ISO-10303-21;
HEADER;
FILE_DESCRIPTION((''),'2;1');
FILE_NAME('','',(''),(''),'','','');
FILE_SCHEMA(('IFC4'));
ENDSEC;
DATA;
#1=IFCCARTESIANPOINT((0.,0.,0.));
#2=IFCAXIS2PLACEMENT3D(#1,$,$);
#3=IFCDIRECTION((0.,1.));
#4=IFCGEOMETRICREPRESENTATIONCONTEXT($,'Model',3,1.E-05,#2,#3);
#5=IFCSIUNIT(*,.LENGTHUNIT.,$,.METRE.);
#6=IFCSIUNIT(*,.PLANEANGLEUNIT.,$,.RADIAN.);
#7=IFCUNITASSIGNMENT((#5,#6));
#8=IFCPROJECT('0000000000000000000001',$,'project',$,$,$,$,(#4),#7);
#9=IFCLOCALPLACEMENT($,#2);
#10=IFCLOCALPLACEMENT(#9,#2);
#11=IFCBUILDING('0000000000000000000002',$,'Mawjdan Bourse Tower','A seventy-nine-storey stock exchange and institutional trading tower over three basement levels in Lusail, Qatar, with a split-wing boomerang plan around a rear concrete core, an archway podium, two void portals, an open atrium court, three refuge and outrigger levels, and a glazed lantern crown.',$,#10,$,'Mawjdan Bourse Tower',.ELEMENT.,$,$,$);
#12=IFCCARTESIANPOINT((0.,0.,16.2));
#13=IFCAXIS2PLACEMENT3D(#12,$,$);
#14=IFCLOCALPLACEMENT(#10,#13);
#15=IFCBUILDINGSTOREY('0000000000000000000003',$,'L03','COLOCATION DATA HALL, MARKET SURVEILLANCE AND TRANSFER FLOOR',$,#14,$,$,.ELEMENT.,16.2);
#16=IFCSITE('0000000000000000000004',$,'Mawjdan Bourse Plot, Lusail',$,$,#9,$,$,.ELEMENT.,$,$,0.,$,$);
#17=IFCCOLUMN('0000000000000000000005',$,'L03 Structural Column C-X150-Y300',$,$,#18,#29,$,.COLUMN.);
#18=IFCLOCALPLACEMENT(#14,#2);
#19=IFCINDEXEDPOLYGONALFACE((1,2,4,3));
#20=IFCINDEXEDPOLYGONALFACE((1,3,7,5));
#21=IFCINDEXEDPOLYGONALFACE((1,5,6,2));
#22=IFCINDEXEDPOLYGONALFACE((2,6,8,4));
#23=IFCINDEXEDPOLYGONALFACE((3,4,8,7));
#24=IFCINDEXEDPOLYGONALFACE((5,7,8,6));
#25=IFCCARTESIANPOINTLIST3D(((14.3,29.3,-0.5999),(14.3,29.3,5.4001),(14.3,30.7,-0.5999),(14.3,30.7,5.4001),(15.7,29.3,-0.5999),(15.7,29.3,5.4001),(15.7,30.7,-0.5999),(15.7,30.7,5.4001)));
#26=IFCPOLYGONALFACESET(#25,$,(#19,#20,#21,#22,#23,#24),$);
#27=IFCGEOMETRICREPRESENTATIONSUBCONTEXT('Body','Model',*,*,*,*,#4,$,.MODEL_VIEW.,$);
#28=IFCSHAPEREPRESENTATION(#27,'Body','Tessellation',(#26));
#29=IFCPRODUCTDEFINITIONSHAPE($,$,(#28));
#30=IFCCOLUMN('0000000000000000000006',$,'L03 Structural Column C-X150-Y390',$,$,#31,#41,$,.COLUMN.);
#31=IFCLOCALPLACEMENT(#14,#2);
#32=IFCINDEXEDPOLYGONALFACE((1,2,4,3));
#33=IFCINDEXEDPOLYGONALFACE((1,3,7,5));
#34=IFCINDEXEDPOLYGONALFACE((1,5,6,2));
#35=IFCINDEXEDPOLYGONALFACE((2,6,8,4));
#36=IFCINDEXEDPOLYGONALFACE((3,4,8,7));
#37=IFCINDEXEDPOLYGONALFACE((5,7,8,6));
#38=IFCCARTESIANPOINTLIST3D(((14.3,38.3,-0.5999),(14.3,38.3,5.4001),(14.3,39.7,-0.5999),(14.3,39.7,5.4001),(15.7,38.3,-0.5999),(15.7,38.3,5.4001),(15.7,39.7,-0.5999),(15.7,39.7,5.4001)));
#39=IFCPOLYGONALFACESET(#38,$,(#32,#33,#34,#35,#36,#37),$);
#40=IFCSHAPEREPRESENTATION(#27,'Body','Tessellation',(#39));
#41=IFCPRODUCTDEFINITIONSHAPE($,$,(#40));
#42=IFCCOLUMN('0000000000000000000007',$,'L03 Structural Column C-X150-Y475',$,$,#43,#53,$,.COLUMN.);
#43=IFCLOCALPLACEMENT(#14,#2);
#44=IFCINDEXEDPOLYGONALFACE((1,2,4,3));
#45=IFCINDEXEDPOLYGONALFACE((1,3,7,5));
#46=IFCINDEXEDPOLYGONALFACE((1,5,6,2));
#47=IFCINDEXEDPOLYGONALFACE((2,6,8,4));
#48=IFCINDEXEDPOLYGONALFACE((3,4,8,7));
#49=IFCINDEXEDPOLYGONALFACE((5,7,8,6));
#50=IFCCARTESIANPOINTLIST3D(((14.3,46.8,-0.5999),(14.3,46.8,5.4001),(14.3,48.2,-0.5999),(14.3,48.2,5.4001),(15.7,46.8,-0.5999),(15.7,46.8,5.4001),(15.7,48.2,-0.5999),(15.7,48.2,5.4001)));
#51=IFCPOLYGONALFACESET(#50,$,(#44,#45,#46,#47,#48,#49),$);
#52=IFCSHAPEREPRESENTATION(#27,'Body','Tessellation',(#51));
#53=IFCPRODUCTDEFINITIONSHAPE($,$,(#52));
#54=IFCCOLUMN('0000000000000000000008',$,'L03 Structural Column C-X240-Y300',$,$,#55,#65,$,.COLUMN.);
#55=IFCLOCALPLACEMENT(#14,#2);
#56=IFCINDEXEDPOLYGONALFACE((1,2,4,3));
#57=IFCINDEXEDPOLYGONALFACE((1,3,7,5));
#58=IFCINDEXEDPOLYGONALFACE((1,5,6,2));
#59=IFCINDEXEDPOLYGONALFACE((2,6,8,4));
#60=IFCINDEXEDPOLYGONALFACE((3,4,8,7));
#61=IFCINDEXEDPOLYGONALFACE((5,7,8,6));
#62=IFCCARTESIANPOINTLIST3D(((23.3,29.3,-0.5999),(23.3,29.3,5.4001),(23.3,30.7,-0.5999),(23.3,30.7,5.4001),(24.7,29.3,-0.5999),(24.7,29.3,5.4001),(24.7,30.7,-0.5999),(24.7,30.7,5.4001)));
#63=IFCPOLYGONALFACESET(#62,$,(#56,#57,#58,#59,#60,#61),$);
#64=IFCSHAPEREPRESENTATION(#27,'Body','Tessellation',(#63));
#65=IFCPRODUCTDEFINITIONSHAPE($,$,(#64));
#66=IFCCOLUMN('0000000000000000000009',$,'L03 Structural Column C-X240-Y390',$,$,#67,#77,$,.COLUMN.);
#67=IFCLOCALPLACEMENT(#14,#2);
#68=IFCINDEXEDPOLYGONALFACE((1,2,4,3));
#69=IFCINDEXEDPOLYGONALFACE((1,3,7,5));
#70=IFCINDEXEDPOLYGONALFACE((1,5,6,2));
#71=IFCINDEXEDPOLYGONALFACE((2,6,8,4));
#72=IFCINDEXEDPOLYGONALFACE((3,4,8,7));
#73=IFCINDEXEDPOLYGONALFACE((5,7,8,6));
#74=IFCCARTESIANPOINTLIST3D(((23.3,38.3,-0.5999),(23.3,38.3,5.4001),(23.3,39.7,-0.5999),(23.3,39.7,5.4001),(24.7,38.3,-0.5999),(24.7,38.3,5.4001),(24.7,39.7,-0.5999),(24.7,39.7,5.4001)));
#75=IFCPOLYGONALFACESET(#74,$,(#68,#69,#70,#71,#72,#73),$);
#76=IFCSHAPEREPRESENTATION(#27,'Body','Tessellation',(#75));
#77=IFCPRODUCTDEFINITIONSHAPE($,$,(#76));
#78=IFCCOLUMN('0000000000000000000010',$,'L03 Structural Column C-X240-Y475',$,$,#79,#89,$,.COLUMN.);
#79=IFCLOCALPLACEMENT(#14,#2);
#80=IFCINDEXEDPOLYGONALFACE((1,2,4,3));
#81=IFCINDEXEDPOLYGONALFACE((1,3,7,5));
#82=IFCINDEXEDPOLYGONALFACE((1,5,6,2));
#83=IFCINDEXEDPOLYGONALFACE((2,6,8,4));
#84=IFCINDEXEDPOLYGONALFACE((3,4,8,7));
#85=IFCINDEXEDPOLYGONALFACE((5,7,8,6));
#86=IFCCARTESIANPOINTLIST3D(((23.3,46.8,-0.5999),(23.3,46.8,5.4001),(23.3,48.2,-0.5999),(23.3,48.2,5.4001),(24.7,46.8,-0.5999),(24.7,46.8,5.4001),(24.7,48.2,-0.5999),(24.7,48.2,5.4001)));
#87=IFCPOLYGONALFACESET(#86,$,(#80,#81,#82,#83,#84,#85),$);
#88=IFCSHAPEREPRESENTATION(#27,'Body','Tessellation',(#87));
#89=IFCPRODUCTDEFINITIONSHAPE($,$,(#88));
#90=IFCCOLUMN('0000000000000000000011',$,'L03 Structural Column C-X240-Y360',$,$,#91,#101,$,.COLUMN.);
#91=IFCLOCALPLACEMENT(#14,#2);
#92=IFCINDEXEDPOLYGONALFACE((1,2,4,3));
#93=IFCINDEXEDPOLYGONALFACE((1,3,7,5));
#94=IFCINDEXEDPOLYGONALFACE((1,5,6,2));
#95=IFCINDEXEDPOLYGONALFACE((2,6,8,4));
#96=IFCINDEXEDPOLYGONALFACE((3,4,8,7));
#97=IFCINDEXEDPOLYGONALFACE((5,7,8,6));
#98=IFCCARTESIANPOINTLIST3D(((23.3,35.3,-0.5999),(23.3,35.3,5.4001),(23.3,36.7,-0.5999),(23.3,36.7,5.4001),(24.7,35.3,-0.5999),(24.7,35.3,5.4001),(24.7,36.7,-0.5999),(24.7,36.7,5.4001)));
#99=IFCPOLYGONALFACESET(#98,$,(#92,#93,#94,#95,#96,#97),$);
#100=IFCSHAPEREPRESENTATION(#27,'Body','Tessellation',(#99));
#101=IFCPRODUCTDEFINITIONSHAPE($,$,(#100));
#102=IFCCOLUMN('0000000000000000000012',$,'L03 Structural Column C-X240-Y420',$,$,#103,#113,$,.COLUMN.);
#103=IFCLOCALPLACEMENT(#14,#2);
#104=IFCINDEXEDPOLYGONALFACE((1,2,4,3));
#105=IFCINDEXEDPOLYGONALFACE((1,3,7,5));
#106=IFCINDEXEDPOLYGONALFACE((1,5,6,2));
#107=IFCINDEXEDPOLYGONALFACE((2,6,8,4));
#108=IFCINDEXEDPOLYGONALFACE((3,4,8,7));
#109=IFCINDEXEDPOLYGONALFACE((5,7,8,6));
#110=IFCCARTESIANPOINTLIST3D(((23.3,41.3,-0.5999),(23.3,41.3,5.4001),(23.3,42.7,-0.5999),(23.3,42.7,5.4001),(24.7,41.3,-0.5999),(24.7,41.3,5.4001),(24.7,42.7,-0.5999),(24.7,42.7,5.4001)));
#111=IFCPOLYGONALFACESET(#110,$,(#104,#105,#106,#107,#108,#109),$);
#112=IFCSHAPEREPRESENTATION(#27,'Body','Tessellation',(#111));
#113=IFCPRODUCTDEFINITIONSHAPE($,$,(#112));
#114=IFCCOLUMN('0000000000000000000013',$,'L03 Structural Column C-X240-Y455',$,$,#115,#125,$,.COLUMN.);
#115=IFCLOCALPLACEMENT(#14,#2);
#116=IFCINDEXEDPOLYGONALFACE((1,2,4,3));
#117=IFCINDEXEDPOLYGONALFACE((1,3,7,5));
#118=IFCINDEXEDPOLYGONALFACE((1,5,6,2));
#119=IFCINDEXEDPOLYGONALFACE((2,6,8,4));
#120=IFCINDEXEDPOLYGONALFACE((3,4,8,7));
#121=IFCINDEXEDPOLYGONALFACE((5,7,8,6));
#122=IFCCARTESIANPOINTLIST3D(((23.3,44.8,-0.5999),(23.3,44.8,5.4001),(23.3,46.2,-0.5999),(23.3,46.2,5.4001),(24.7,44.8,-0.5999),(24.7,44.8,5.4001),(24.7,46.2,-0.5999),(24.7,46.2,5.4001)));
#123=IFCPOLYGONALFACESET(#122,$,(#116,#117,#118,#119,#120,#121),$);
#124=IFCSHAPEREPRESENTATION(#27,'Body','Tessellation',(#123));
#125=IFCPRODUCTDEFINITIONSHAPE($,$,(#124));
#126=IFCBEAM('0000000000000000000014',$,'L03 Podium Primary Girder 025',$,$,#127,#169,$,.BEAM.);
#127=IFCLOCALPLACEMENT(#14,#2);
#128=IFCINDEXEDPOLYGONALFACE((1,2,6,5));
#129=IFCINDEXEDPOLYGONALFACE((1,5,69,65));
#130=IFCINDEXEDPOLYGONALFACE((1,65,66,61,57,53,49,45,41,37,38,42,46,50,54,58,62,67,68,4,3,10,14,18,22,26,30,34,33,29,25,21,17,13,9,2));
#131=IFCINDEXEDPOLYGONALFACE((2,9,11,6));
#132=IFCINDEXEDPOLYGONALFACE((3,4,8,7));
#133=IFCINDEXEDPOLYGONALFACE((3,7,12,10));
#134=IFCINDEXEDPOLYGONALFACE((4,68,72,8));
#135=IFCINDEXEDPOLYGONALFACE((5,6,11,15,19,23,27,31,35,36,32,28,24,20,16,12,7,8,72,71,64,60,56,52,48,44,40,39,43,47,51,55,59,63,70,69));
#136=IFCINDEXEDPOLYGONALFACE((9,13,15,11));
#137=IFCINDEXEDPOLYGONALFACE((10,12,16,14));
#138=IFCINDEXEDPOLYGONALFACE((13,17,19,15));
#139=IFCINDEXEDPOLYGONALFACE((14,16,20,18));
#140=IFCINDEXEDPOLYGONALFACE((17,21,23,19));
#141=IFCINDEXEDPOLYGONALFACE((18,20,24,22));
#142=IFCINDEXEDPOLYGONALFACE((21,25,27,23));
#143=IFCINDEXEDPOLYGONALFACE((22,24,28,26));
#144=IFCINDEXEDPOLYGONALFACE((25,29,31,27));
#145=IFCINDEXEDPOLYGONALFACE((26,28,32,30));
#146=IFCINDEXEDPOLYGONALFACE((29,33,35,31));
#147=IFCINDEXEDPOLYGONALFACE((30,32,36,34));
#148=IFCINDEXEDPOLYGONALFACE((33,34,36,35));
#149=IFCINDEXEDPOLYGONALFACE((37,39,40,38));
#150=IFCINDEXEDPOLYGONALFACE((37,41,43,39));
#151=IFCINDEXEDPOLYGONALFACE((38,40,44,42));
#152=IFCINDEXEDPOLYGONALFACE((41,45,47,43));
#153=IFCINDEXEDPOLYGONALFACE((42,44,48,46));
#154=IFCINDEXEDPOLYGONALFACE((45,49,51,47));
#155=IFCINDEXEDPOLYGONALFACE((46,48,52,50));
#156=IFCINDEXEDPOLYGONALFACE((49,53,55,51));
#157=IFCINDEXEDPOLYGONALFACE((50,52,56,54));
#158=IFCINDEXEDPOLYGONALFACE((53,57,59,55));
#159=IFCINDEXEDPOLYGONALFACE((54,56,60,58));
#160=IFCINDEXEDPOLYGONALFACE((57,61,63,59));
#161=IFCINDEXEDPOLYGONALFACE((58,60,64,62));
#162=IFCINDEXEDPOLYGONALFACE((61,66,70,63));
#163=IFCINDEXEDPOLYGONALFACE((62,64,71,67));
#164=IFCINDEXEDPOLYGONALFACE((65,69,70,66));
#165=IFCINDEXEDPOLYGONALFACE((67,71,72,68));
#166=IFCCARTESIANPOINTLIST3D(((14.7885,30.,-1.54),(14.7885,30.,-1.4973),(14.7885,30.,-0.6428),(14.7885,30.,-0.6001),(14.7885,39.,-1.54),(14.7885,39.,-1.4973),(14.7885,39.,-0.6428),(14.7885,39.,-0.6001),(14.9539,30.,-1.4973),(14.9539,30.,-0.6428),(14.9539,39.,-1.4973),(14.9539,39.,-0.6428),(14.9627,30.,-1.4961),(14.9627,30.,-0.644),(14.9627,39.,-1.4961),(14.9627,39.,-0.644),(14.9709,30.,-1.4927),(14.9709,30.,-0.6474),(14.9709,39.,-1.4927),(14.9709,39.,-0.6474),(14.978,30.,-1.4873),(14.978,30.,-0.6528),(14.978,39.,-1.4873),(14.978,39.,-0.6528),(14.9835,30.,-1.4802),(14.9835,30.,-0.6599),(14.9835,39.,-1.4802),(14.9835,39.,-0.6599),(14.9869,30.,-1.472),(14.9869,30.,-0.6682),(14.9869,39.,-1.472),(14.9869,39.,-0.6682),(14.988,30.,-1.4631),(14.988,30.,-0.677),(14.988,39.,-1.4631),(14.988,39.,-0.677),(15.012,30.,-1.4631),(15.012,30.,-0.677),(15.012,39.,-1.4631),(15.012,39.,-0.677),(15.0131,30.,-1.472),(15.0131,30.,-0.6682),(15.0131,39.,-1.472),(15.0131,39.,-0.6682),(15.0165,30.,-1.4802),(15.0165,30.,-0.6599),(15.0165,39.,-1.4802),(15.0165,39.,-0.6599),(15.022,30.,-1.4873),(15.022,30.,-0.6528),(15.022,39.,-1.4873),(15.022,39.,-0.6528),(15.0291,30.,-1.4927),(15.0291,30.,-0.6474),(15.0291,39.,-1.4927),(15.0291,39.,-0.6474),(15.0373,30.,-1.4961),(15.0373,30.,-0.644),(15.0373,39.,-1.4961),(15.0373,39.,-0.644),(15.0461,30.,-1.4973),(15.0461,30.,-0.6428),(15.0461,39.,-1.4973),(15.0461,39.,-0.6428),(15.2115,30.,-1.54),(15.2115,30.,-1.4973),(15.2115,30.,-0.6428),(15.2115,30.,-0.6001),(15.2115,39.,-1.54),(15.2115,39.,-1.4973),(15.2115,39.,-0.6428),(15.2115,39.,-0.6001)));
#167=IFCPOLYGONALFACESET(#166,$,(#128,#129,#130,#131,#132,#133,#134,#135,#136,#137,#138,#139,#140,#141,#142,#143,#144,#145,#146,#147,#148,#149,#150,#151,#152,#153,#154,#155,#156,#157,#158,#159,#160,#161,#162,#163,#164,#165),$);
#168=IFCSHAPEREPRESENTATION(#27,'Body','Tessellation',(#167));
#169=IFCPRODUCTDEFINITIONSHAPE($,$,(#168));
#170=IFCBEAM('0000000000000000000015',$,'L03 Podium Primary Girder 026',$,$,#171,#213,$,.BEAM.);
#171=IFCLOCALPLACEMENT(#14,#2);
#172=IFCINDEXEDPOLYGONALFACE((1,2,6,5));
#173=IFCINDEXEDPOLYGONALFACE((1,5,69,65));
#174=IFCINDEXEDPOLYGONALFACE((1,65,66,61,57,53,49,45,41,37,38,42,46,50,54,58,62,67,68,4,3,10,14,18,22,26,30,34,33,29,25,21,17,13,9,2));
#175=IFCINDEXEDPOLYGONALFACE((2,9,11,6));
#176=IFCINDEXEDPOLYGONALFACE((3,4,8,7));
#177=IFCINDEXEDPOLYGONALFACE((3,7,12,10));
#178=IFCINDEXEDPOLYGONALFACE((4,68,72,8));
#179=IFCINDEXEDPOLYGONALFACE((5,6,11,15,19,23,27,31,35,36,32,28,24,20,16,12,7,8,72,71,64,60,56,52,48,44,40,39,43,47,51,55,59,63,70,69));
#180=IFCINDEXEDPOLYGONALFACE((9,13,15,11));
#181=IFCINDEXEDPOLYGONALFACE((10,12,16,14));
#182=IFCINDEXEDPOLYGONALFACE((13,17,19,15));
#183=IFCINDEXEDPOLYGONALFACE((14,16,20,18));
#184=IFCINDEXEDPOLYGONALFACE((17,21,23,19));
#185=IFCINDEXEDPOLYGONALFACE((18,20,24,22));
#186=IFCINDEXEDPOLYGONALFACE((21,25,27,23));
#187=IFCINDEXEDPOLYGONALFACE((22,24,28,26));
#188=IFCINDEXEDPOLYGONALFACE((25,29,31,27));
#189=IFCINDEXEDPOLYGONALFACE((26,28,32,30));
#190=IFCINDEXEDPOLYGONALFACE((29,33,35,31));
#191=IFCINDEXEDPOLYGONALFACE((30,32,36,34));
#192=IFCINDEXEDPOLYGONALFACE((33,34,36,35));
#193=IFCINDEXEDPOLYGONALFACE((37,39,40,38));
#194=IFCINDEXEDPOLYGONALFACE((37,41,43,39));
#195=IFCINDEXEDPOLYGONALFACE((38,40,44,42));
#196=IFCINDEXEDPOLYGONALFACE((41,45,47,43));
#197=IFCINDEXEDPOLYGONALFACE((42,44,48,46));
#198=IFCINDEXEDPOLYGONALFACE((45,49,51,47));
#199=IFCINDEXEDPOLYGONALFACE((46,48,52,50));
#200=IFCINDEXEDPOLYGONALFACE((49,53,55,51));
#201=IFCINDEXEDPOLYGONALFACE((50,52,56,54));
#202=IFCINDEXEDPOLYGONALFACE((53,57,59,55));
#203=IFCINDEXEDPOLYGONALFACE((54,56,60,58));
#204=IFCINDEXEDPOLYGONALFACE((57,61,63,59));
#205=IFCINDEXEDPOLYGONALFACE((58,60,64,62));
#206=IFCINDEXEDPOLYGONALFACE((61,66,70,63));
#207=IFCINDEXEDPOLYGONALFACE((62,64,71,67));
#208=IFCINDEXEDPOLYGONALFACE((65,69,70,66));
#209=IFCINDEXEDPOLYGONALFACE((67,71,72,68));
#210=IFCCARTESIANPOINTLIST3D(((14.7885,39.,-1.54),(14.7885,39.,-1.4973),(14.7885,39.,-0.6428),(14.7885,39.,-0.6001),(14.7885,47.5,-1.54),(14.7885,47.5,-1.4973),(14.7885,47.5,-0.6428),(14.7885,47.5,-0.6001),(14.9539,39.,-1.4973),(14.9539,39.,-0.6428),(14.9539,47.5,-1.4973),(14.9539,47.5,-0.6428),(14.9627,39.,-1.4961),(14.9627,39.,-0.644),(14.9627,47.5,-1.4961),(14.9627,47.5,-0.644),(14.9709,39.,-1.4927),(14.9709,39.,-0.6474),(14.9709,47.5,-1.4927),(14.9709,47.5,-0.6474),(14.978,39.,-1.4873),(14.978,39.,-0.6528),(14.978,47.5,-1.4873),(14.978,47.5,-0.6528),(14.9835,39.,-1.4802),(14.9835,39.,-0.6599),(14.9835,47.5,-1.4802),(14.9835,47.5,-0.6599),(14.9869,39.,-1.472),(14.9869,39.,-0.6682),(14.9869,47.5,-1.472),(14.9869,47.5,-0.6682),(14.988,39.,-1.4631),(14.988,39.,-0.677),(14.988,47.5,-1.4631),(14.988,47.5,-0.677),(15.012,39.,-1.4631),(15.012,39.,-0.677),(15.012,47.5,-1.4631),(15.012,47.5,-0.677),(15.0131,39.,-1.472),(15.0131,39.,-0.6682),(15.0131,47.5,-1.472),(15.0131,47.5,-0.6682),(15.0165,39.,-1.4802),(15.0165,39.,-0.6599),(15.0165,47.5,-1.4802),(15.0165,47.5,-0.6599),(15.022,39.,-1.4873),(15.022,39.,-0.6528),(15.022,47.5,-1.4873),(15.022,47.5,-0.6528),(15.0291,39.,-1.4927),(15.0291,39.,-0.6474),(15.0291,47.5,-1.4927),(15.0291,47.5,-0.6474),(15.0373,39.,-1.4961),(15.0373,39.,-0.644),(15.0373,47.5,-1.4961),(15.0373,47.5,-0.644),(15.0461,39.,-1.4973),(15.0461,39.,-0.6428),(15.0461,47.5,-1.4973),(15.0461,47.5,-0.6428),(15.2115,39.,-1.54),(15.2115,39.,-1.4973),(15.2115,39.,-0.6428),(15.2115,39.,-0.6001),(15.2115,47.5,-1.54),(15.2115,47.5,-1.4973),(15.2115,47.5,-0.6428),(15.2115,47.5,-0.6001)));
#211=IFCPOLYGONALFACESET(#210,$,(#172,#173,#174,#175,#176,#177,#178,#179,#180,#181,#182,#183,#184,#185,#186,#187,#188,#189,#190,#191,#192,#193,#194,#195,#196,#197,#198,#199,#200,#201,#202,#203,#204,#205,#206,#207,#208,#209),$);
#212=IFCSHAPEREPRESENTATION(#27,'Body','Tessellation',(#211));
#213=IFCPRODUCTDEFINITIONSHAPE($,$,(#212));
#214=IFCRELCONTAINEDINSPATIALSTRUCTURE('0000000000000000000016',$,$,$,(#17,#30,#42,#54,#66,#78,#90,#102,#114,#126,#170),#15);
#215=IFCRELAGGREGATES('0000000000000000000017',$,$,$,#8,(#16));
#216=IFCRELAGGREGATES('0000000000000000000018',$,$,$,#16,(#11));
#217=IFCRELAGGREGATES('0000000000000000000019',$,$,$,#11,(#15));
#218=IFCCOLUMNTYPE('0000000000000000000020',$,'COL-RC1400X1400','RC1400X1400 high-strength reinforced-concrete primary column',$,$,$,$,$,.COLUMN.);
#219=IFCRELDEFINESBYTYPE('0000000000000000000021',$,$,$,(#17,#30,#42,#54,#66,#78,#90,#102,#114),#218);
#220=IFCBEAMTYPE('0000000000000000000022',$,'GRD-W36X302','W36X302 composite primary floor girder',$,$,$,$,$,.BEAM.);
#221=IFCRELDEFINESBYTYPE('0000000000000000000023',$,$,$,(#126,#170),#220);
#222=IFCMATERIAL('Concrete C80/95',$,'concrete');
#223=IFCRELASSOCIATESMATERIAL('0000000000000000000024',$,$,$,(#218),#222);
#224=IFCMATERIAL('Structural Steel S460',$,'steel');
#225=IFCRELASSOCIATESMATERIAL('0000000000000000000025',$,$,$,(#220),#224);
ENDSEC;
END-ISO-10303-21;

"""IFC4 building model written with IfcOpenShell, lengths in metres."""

from ifc_helpers import new_model, si_unit, direction, frame, origin, origin_2d, place, context, subcontext, project, spatial, rectangle, i_section, extrude, material, material_profile, profile_set, type_object, element, save


model = new_model("IFC4")

# Units and contexts
model_context = context("Model", 3, precision=1e-05, world=origin(), true_north=direction((0.0, 1.0)))
body_context = subcontext(model_context, "Body", "Model", "MODEL_VIEW")
ifc_project = project(units=[si_unit("LENGTHUNIT", "METRE"), si_unit("PLANEANGLEUNIT", "RADIAN")], contexts=[model_context])

# Site, building, storey
site_placement = place(None, origin())
site = spatial("IfcSite", under=ifc_project, at=site_placement, Name="Mawjdan Bourse Plot, Lusail", CompositionType="ELEMENT", RefElevation=0.0)
building_placement = place(site_placement, origin())
building = spatial("IfcBuilding", under=site, at=building_placement, Name="Mawjdan Bourse Tower", Description="A seventy-nine-storey stock exchange and institutional trading tower over three basement levels in Lusail, Qatar, with a split-wing boomerang plan around a rear concrete core, an archway podium, two void portals, an open atrium court, three refuge and outrigger levels, and a glazed lantern crown.", LongName="Mawjdan Bourse Tower", CompositionType="ELEMENT")
storey_placement = place(building_placement, frame((0.0, 0.0, 16.2)))
storey = spatial("IfcBuildingStorey", under=building, at=storey_placement, Name="L03", Description="COLOCATION DATA HALL, MARKET SURVEILLANCE AND TRANSFER FLOOR", CompositionType="ELEMENT", Elevation=16.2)

# Columns
ifc_material_1 = material(Name="Concrete C80/95", Category="concrete")
ifc_material_profile_1 = material_profile(ifc_material_1, rectangle(XDim=1.3999, YDim=1.3999, at=origin_2d()), Name="RC1400X1400")
ifc_profile_set_1 = profile_set([ifc_material_profile_1], Name="Concrete C80/95")
column_type = type_object("IfcColumnType", Name="COL-RC1400X1400", Description="RC1400X1400 high-strength reinforced-concrete primary column", PredefinedType="COLUMN", material=ifc_profile_set_1)
for number, where, z_axis, x_axis, name in (
    (1, (15.0, 30.0, -0.5999), (0.0, 0.0, 1.0), (1.0, 0.0, 0.0), "L03 Structural Column C-X150-Y300"),
    (2, (15.0, 39.0, -0.5999), (0.0, 0.0, 1.0), (1.0, 0.0, 0.0), "L03 Structural Column C-X150-Y390"),
    (3, (15.0, 47.5, -0.5999), (0.0, 0.0, 1.0), (1.0, 0.0, 0.0), "L03 Structural Column C-X150-Y475"),
    (4, (24.0, 30.0, -0.5999), (0.0, 0.0, 1.0), (1.0, 0.0, 0.0), "L03 Structural Column C-X240-Y300"),
    (5, (24.0, 39.0, -0.5999), (0.0, 0.0, 1.0), (1.0, 0.0, 0.0), "L03 Structural Column C-X240-Y390"),
    (6, (24.0, 47.5, -0.5999), (0.0, 0.0, 1.0), (1.0, 0.0, 0.0), "L03 Structural Column C-X240-Y475"),
    (7, (24.0, 36.0, -0.5999), (0.0, 0.0, 1.0), (1.0, 0.0, 0.0), "L03 Structural Column C-X240-Y360"),
    (8, (24.0, 42.0, -0.5999), (0.0, 0.0, 1.0), (1.0, 0.0, 0.0), "L03 Structural Column C-X240-Y420"),
    (9, (24.0, 45.5, -0.5999), (0.0, 0.0, 1.0), (1.0, 0.0, 0.0), "L03 Structural Column C-X240-Y455"),
):
    element("IfcColumn", number, at=place(storey_placement, frame(where, z_axis=z_axis, x_axis=x_axis)), inside=storey, type_object=column_type, Name=name, PredefinedType="COLUMN", context=body_context, shape_type="SweptSolid", body=[
        extrude(rectangle(XDim=1.3999, YDim=1.3999, at=origin_2d()), origin(), (0.0, 0.0, 1.0), 6.0),
    ])

# Beams
ifc_material_2 = material(Name="Structural Steel S460", Category="steel")
ifc_material_profile_2 = material_profile(ifc_material_2, i_section(OverallWidth=0.4231, OverallDepth=0.9399, WebThickness=0.0239, FlangeThickness=0.0427, FilletRadius=0.0342, at=origin_2d()), Name="W36X302")
ifc_profile_set_2 = profile_set([ifc_material_profile_2], Name="Structural Steel S460")
beam_type_1 = type_object("IfcBeamType", Name="GRD-W36X302", Description="W36X302 composite primary floor girder", PredefinedType="BEAM", material=ifc_profile_set_2)
beam_1_placement = place(storey_placement, frame((15.0, 30.0, -1.0701), z_axis=(0.0, 1.0, 0.0), x_axis=(-1.0, 0.0, 0.0)))
element("IfcBeam", 10, at=beam_1_placement, inside=storey, type_object=beam_type_1, Name="L03 Podium Primary Girder 025", PredefinedType="BEAM", context=body_context, shape_type="SweptSolid", body=[
    extrude(i_section(OverallWidth=0.4231, OverallDepth=0.9399, WebThickness=0.0239, FlangeThickness=0.0427, FilletRadius=0.0342, at=origin_2d()), origin(), (0.0, 0.0, 1.0), 9.0),
])
beam_2_placement = place(storey_placement, frame((15.0, 39.0, -1.0701), z_axis=(0.0, 1.0, 0.0), x_axis=(-1.0, 0.0, 0.0)))
element("IfcBeam", 11, at=beam_2_placement, inside=storey, type_object=beam_type_1, Name="L03 Podium Primary Girder 026", PredefinedType="BEAM", context=body_context, shape_type="SweptSolid", body=[
    extrude(i_section(OverallWidth=0.4231, OverallDepth=0.9399, WebThickness=0.0239, FlangeThickness=0.0427, FilletRadius=0.0342, at=origin_2d()), origin(), (0.0, 0.0, 1.0), 8.5),
])

save(model, "model.ifc")
